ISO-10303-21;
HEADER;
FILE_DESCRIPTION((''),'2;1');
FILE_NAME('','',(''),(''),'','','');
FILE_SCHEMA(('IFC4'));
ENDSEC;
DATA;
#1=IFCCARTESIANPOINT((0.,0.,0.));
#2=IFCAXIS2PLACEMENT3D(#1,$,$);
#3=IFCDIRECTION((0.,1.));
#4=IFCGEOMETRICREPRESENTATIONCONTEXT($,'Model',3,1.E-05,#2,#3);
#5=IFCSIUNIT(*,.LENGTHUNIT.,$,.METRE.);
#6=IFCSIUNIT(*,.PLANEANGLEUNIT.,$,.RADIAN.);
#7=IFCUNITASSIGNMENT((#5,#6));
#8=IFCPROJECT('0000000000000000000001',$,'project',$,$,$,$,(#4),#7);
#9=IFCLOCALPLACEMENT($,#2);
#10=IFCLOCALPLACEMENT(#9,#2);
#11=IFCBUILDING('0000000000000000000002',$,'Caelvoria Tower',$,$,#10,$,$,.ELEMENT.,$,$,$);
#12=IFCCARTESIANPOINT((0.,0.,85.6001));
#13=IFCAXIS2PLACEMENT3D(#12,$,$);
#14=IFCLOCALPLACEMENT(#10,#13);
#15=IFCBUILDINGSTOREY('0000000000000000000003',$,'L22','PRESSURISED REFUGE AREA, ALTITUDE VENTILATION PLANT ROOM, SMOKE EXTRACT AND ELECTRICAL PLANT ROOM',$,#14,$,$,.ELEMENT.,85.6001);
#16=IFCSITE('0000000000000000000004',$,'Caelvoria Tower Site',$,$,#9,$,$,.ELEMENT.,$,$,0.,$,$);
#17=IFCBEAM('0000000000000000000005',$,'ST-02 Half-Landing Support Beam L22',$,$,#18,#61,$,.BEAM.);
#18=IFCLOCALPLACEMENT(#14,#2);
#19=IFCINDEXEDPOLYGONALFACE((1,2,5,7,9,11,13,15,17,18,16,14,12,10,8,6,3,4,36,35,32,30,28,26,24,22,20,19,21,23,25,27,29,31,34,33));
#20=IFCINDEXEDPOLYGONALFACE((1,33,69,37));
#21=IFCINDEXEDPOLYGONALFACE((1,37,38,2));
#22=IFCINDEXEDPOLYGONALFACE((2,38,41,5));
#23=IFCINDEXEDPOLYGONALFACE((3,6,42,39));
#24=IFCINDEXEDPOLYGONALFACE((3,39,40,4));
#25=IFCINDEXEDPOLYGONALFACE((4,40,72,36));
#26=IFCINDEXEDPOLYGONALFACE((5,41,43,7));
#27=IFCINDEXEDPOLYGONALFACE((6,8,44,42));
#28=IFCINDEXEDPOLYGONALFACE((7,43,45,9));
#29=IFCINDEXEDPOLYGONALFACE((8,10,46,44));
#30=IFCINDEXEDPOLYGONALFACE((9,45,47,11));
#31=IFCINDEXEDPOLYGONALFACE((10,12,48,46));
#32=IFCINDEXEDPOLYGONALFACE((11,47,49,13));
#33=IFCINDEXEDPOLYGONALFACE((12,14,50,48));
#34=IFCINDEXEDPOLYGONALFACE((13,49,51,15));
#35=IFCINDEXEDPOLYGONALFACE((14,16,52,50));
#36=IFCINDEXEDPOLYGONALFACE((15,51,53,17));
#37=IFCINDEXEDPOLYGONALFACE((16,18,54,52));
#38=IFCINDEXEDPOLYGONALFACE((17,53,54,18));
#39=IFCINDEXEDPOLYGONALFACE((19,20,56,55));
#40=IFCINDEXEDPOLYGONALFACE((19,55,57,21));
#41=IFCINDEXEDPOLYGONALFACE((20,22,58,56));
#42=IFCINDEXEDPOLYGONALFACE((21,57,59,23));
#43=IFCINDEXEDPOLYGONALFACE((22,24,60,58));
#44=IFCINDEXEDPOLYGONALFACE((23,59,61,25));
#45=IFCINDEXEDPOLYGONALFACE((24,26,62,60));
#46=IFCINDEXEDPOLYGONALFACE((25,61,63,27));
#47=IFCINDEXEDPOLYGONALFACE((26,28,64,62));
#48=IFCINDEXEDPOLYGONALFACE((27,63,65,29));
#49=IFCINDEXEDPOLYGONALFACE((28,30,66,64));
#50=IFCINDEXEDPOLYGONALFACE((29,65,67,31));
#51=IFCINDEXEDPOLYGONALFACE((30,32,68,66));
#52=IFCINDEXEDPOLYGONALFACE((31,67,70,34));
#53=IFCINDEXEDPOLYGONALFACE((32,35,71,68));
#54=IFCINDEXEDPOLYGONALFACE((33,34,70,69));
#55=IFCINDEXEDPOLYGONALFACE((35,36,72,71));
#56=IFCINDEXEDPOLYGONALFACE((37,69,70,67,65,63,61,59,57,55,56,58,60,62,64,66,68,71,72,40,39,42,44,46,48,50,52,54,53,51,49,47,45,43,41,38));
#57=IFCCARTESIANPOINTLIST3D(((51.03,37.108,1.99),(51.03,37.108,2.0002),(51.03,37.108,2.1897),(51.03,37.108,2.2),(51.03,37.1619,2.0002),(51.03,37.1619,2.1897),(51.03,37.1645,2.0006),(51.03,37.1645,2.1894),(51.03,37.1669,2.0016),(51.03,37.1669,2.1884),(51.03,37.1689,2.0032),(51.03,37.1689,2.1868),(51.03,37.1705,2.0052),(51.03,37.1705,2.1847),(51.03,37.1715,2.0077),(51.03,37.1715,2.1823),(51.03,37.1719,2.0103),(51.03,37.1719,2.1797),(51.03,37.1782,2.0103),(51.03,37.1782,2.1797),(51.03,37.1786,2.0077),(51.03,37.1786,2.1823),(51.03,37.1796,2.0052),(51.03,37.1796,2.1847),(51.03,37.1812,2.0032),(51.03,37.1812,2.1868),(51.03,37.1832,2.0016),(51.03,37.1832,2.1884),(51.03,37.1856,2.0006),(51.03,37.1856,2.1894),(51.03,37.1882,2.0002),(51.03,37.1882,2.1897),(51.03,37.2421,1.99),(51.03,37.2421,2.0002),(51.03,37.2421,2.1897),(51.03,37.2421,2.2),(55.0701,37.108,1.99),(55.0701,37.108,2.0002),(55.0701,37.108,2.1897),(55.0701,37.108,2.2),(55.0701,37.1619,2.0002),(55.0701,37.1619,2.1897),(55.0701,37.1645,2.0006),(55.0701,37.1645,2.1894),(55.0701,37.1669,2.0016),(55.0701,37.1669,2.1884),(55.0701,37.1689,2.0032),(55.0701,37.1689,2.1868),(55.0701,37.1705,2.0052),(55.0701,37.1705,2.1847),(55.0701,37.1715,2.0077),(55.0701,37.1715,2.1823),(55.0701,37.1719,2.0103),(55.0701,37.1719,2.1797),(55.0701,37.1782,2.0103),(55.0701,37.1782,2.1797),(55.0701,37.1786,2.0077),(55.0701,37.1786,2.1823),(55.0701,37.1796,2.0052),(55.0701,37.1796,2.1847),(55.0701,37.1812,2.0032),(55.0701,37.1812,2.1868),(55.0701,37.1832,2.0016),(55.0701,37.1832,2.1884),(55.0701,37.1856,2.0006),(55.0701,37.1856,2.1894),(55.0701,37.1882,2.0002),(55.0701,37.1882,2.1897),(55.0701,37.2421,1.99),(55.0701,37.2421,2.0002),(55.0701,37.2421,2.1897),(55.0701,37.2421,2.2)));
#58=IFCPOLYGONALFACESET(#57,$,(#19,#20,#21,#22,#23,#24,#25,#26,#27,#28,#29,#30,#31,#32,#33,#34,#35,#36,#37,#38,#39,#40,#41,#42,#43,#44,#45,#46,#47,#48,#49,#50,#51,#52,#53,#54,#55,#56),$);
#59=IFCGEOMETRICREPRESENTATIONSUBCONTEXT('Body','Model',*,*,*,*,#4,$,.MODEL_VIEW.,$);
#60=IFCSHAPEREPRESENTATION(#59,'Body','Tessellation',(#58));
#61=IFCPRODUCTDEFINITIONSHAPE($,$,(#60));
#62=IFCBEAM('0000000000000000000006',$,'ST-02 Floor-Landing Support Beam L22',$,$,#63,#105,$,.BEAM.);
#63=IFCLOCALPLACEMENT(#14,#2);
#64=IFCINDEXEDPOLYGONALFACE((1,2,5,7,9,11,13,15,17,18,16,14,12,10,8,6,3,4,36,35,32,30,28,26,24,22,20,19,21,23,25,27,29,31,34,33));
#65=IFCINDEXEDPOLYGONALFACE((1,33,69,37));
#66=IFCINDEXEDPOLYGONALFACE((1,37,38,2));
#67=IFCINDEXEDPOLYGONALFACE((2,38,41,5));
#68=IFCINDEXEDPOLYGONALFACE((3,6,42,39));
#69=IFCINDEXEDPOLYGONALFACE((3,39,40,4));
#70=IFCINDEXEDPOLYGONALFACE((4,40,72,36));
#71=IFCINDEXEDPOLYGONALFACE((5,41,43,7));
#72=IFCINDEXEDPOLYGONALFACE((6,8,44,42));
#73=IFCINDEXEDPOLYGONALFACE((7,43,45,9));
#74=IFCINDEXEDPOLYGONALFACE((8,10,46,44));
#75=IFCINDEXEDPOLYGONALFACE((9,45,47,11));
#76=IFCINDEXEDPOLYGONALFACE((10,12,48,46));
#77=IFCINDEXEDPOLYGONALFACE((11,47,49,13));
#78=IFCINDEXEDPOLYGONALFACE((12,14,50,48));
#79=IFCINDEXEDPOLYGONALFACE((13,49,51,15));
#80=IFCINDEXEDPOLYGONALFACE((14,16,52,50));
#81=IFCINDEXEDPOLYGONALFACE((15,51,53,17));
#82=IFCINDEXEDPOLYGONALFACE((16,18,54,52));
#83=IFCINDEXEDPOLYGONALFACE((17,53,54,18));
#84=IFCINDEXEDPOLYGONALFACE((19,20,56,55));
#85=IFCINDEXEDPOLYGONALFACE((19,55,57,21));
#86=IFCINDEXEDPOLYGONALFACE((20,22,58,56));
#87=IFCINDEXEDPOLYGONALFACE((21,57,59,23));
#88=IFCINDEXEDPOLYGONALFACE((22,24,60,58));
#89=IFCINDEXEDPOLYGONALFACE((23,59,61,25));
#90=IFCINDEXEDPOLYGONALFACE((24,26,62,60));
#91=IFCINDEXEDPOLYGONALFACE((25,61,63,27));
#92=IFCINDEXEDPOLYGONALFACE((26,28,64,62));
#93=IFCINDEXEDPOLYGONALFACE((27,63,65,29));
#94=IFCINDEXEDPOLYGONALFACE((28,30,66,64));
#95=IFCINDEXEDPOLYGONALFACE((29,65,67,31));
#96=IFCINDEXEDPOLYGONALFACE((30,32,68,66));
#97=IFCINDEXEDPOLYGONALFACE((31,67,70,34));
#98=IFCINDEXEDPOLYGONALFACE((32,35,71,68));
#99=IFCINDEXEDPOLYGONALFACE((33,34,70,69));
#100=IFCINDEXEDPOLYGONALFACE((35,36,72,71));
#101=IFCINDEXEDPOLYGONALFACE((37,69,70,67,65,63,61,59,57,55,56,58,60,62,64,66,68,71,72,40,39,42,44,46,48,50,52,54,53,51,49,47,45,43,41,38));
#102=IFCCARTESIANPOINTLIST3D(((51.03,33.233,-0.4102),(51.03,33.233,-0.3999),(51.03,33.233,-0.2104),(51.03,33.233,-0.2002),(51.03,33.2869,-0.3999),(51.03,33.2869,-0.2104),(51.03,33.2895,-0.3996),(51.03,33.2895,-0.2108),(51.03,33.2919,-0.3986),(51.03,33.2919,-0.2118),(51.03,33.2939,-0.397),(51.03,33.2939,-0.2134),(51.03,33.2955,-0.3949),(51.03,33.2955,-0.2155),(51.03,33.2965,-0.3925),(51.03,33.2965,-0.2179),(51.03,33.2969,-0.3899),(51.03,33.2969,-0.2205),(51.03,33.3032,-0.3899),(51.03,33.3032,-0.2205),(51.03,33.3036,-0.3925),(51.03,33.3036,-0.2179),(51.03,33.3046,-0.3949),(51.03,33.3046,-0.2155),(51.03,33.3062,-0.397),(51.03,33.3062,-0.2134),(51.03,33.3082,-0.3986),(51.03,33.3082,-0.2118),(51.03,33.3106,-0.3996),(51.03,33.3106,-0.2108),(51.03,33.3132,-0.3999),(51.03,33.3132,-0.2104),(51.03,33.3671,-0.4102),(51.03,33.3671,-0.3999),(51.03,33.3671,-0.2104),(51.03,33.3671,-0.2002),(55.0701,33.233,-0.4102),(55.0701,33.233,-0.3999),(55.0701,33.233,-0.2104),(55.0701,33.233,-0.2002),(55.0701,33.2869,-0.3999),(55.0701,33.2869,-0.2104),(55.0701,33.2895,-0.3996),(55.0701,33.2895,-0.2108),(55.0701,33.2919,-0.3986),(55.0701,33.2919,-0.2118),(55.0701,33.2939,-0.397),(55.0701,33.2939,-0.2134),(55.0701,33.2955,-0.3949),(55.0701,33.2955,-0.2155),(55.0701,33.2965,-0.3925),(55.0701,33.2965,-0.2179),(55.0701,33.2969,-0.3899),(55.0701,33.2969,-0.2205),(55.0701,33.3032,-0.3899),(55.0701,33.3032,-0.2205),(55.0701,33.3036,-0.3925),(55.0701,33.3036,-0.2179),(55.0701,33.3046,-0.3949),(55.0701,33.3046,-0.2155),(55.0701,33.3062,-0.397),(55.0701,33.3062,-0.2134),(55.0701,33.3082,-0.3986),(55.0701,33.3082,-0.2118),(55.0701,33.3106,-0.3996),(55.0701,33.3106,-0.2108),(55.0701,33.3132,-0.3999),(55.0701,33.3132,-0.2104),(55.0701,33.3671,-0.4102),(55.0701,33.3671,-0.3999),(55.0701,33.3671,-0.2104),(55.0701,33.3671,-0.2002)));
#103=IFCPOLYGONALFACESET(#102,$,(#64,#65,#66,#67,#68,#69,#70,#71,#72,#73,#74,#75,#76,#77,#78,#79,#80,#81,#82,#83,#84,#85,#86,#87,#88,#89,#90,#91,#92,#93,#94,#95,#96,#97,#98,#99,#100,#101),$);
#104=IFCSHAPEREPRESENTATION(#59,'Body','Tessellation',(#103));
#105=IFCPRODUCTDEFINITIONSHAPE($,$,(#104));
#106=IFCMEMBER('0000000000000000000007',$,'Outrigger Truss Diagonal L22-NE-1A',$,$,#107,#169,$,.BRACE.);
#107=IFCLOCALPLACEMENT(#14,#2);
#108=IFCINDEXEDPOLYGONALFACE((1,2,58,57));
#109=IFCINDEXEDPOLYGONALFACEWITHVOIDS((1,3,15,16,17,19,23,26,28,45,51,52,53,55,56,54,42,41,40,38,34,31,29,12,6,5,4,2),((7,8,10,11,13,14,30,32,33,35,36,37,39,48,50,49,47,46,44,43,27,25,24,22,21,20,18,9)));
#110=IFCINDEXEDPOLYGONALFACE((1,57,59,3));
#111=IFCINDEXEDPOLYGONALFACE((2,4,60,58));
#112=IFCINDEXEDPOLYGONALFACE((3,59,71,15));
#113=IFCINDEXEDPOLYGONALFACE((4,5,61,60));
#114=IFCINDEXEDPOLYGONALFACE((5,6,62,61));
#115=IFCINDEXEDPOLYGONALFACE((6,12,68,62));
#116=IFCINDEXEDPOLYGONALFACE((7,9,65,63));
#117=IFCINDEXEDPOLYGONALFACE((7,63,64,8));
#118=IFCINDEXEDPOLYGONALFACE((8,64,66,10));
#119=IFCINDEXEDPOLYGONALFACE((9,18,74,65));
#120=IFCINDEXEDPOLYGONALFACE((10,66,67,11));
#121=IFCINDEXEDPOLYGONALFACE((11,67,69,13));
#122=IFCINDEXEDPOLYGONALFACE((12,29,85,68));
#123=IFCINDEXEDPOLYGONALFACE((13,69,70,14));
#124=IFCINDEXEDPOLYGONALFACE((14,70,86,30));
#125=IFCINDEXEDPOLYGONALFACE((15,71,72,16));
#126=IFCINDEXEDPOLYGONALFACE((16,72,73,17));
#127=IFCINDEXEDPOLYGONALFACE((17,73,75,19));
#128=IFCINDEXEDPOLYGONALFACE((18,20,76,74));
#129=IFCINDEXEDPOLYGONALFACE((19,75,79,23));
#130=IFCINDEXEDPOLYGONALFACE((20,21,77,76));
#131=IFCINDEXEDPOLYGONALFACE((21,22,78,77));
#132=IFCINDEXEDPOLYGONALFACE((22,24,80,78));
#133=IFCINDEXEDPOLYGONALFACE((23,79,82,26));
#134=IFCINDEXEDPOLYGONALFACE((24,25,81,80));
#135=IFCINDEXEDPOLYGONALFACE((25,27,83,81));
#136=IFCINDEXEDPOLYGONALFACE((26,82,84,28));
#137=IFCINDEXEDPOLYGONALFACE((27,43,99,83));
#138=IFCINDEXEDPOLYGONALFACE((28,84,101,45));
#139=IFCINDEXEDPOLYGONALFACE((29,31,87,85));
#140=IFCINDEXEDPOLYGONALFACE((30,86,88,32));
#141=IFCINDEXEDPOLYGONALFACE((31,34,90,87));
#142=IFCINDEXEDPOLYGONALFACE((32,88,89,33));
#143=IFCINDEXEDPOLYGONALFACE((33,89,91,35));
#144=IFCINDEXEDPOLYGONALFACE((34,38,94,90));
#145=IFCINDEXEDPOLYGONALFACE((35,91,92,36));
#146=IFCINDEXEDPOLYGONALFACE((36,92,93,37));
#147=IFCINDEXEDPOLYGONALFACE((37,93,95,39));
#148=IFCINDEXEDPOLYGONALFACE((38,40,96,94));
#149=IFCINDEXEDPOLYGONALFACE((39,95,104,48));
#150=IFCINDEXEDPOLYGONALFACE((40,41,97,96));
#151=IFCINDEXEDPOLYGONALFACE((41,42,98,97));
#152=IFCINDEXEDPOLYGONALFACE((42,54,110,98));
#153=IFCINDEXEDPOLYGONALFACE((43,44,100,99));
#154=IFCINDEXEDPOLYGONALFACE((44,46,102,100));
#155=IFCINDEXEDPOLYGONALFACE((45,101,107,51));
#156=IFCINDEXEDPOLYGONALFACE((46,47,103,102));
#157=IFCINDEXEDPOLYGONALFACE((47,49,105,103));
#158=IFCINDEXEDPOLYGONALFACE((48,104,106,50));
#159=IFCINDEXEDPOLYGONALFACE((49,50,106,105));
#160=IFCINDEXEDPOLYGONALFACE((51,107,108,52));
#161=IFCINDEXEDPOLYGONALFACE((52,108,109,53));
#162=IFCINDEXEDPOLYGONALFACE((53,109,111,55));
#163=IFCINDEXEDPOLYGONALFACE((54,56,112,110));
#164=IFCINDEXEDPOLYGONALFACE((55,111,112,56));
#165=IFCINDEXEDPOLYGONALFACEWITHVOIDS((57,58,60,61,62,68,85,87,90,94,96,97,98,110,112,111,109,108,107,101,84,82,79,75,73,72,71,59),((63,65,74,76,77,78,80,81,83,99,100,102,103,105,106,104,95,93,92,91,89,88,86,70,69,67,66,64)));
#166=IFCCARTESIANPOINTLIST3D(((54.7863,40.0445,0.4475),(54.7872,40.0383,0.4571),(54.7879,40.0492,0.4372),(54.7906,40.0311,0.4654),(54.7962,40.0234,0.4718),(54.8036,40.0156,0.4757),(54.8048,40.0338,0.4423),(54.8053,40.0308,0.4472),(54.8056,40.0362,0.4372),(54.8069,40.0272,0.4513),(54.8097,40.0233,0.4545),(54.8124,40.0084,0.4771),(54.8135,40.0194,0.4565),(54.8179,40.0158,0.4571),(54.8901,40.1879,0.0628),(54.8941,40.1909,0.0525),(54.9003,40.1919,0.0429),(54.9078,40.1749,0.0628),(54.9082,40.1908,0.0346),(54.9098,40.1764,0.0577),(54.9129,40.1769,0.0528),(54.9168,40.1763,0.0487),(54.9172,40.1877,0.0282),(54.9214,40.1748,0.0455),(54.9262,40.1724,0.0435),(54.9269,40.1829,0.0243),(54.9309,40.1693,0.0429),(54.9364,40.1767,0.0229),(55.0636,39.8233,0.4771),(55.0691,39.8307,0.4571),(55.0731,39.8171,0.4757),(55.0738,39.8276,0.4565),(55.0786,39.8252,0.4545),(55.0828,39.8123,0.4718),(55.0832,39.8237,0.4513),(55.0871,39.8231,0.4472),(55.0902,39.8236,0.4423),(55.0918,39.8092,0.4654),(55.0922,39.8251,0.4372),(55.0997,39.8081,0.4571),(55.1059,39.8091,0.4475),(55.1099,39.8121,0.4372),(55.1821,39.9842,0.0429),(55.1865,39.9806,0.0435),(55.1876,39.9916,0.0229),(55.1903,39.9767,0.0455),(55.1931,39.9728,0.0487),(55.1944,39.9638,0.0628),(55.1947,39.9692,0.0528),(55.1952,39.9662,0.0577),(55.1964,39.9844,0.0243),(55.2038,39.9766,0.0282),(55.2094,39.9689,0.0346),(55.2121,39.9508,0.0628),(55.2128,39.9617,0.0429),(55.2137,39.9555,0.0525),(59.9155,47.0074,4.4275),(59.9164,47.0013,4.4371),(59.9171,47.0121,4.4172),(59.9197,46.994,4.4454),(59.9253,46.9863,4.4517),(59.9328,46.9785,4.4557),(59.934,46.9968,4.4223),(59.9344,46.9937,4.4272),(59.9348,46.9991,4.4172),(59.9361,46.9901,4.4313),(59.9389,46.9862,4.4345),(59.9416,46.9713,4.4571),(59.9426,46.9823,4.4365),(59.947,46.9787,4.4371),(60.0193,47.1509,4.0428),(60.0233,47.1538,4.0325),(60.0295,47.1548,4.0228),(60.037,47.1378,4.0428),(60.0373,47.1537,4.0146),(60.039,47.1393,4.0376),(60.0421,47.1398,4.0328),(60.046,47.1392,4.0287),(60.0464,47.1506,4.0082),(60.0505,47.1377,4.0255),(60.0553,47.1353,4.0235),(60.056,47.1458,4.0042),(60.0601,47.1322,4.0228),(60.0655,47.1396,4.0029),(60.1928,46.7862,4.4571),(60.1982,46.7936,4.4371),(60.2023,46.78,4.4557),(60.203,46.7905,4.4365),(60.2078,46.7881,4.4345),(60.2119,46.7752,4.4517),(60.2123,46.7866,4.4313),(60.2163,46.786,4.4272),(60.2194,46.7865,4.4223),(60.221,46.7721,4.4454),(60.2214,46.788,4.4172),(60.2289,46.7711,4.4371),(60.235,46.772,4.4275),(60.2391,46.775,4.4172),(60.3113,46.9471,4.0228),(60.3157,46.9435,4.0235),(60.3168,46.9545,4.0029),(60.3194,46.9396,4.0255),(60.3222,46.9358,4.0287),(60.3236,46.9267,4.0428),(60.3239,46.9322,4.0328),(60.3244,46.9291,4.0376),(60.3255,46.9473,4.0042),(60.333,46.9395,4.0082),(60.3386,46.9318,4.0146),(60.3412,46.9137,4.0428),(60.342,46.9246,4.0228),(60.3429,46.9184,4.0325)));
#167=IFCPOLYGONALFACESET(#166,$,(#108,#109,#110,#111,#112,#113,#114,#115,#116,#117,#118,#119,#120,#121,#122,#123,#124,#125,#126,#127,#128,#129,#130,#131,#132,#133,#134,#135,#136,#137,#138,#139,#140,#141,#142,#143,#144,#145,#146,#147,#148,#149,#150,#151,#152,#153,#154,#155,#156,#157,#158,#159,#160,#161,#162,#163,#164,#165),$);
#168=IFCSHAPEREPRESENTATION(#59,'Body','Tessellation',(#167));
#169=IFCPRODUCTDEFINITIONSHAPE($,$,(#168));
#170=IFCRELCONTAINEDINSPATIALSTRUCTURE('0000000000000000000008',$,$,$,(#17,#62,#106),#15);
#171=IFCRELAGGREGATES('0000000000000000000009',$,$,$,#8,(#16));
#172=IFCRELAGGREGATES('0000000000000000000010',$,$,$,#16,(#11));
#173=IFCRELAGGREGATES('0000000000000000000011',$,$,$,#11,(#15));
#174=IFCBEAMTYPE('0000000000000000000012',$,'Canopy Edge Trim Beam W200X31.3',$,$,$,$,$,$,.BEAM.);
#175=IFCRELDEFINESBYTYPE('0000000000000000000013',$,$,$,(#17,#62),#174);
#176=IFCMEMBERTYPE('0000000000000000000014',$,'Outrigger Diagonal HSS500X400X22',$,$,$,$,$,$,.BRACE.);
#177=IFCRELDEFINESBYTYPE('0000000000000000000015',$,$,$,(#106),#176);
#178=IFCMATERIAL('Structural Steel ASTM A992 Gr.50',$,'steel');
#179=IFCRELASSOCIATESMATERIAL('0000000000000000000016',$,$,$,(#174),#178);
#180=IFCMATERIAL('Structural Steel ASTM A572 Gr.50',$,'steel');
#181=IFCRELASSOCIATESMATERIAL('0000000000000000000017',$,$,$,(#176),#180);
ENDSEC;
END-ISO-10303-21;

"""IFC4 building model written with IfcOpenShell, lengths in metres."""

from ifc_helpers import new_model, si_unit, direction, frame, origin, origin_2d, place, context, subcontext, project, spatial, hollow_rectangle, i_section, extrude, material, material_profile, profile_set, type_object, element, save


model = new_model("IFC4")

# Units and contexts
model_context = context("Model", 3, precision=1e-05, world=origin(), true_north=direction((0.0, 1.0)))
body_context = subcontext(model_context, "Body", "Model", "MODEL_VIEW")
ifc_project = project(units=[si_unit("LENGTHUNIT", "METRE"), si_unit("PLANEANGLEUNIT", "RADIAN")], contexts=[model_context])

# Site, building, storey
site_placement = place(None, origin())
site = spatial("IfcSite", under=ifc_project, at=site_placement, Name="Caelvoria Tower Site", CompositionType="ELEMENT", RefElevation=0.0)
building_placement = place(site_placement, origin())
building = spatial("IfcBuilding", under=site, at=building_placement, Name="Caelvoria Tower", CompositionType="ELEMENT")
storey_placement = place(building_placement, frame((0.0, 0.0, 85.6001)))
storey = spatial("IfcBuildingStorey", under=building, at=storey_placement, Name="L22", Description="PRESSURISED REFUGE AREA, ALTITUDE VENTILATION PLANT ROOM, SMOKE EXTRACT AND ELECTRICAL PLANT ROOM", CompositionType="ELEMENT", Elevation=85.6001)

# Beams
ifc_material_1 = material(Name="Structural Steel ASTM A992 Gr.50", Category="steel")
ifc_material_profile_1 = material_profile(ifc_material_1, i_section(OverallWidth=0.134, OverallDepth=0.21, WebThickness=0.0063, FlangeThickness=0.0103, FilletRadius=0.01, at=origin_2d()), Name="Structural Steel ASTM A992 Gr.50")
ifc_profile_set_1 = profile_set([ifc_material_profile_1], Name="W200X31.3 - Structural Steel ASTM A992 Gr.50")
beam_type_1 = type_object("IfcBeamType", Name="Canopy Edge Trim Beam W200X31.3", PredefinedType="BEAM", material=ifc_profile_set_1)
for number, where, z_axis, x_axis, name in (
    (1, (51.03, 37.175, 2.095), (1.0, 0.0, 0.0), (0.0, 1.0, 0.0), "ST-02 Half-Landing Support Beam L22"),
    (2, (51.03, 33.3, -0.3052), (1.0, 0.0, 0.0), (0.0, 1.0, 0.0), "ST-02 Floor-Landing Support Beam L22"),
):
    element("IfcBeam", number, at=place(storey_placement, frame(where, z_axis=z_axis, x_axis=x_axis)), inside=storey, type_object=beam_type_1, Name=name, PredefinedType="BEAM", context=body_context, shape_type="SweptSolid", body=[
        extrude(i_section(OverallWidth=0.134, OverallDepth=0.21, WebThickness=0.0063, FlangeThickness=0.0103, FilletRadius=0.01, at=origin_2d()), origin(), (0.0, 0.0, 1.0), 4.04),
    ])

# Member
ifc_material_2 = material(Name="Structural Steel ASTM A572 Gr.50", Category="steel")
ifc_material_profile_2 = material_profile(ifc_material_2, hollow_rectangle(XDim=0.3999, YDim=0.5, WallThickness=0.022, InnerFilletRadius=0.022, OuterFilletRadius=0.0439, at=origin_2d()), Name="Structural Steel ASTM A572 Gr.50")
ifc_profile_set_2 = profile_set([ifc_material_profile_2], Name="HSS500X400X22 - Structural Steel ASTM A572 Gr.50")
member_type = type_object("IfcMemberType", Name="Outrigger Diagonal HSS500X400X22", PredefinedType="BRACE", material=ifc_profile_set_2)
member_1_placement = place(storey_placement, frame((55.0, 40.0, 0.25), z_axis=(0.538777, 0.731397, 0.418065), x_axis=(-0.805133, 0.593094, 0.0)))
element("IfcMember", 3, at=member_1_placement, inside=storey, type_object=member_type, Name="Outrigger Truss Diagonal L22-NE-1A", PredefinedType="BRACE", context=body_context, shape_type="SweptSolid", body=[
    extrude(hollow_rectangle(XDim=0.3999, YDim=0.5, WallThickness=0.022, InnerFilletRadius=0.022, OuterFilletRadius=0.0439, at=origin_2d()), origin(), (0.0, 0.0, 1.0), 9.52),
])

save(model, "model.ifc")
